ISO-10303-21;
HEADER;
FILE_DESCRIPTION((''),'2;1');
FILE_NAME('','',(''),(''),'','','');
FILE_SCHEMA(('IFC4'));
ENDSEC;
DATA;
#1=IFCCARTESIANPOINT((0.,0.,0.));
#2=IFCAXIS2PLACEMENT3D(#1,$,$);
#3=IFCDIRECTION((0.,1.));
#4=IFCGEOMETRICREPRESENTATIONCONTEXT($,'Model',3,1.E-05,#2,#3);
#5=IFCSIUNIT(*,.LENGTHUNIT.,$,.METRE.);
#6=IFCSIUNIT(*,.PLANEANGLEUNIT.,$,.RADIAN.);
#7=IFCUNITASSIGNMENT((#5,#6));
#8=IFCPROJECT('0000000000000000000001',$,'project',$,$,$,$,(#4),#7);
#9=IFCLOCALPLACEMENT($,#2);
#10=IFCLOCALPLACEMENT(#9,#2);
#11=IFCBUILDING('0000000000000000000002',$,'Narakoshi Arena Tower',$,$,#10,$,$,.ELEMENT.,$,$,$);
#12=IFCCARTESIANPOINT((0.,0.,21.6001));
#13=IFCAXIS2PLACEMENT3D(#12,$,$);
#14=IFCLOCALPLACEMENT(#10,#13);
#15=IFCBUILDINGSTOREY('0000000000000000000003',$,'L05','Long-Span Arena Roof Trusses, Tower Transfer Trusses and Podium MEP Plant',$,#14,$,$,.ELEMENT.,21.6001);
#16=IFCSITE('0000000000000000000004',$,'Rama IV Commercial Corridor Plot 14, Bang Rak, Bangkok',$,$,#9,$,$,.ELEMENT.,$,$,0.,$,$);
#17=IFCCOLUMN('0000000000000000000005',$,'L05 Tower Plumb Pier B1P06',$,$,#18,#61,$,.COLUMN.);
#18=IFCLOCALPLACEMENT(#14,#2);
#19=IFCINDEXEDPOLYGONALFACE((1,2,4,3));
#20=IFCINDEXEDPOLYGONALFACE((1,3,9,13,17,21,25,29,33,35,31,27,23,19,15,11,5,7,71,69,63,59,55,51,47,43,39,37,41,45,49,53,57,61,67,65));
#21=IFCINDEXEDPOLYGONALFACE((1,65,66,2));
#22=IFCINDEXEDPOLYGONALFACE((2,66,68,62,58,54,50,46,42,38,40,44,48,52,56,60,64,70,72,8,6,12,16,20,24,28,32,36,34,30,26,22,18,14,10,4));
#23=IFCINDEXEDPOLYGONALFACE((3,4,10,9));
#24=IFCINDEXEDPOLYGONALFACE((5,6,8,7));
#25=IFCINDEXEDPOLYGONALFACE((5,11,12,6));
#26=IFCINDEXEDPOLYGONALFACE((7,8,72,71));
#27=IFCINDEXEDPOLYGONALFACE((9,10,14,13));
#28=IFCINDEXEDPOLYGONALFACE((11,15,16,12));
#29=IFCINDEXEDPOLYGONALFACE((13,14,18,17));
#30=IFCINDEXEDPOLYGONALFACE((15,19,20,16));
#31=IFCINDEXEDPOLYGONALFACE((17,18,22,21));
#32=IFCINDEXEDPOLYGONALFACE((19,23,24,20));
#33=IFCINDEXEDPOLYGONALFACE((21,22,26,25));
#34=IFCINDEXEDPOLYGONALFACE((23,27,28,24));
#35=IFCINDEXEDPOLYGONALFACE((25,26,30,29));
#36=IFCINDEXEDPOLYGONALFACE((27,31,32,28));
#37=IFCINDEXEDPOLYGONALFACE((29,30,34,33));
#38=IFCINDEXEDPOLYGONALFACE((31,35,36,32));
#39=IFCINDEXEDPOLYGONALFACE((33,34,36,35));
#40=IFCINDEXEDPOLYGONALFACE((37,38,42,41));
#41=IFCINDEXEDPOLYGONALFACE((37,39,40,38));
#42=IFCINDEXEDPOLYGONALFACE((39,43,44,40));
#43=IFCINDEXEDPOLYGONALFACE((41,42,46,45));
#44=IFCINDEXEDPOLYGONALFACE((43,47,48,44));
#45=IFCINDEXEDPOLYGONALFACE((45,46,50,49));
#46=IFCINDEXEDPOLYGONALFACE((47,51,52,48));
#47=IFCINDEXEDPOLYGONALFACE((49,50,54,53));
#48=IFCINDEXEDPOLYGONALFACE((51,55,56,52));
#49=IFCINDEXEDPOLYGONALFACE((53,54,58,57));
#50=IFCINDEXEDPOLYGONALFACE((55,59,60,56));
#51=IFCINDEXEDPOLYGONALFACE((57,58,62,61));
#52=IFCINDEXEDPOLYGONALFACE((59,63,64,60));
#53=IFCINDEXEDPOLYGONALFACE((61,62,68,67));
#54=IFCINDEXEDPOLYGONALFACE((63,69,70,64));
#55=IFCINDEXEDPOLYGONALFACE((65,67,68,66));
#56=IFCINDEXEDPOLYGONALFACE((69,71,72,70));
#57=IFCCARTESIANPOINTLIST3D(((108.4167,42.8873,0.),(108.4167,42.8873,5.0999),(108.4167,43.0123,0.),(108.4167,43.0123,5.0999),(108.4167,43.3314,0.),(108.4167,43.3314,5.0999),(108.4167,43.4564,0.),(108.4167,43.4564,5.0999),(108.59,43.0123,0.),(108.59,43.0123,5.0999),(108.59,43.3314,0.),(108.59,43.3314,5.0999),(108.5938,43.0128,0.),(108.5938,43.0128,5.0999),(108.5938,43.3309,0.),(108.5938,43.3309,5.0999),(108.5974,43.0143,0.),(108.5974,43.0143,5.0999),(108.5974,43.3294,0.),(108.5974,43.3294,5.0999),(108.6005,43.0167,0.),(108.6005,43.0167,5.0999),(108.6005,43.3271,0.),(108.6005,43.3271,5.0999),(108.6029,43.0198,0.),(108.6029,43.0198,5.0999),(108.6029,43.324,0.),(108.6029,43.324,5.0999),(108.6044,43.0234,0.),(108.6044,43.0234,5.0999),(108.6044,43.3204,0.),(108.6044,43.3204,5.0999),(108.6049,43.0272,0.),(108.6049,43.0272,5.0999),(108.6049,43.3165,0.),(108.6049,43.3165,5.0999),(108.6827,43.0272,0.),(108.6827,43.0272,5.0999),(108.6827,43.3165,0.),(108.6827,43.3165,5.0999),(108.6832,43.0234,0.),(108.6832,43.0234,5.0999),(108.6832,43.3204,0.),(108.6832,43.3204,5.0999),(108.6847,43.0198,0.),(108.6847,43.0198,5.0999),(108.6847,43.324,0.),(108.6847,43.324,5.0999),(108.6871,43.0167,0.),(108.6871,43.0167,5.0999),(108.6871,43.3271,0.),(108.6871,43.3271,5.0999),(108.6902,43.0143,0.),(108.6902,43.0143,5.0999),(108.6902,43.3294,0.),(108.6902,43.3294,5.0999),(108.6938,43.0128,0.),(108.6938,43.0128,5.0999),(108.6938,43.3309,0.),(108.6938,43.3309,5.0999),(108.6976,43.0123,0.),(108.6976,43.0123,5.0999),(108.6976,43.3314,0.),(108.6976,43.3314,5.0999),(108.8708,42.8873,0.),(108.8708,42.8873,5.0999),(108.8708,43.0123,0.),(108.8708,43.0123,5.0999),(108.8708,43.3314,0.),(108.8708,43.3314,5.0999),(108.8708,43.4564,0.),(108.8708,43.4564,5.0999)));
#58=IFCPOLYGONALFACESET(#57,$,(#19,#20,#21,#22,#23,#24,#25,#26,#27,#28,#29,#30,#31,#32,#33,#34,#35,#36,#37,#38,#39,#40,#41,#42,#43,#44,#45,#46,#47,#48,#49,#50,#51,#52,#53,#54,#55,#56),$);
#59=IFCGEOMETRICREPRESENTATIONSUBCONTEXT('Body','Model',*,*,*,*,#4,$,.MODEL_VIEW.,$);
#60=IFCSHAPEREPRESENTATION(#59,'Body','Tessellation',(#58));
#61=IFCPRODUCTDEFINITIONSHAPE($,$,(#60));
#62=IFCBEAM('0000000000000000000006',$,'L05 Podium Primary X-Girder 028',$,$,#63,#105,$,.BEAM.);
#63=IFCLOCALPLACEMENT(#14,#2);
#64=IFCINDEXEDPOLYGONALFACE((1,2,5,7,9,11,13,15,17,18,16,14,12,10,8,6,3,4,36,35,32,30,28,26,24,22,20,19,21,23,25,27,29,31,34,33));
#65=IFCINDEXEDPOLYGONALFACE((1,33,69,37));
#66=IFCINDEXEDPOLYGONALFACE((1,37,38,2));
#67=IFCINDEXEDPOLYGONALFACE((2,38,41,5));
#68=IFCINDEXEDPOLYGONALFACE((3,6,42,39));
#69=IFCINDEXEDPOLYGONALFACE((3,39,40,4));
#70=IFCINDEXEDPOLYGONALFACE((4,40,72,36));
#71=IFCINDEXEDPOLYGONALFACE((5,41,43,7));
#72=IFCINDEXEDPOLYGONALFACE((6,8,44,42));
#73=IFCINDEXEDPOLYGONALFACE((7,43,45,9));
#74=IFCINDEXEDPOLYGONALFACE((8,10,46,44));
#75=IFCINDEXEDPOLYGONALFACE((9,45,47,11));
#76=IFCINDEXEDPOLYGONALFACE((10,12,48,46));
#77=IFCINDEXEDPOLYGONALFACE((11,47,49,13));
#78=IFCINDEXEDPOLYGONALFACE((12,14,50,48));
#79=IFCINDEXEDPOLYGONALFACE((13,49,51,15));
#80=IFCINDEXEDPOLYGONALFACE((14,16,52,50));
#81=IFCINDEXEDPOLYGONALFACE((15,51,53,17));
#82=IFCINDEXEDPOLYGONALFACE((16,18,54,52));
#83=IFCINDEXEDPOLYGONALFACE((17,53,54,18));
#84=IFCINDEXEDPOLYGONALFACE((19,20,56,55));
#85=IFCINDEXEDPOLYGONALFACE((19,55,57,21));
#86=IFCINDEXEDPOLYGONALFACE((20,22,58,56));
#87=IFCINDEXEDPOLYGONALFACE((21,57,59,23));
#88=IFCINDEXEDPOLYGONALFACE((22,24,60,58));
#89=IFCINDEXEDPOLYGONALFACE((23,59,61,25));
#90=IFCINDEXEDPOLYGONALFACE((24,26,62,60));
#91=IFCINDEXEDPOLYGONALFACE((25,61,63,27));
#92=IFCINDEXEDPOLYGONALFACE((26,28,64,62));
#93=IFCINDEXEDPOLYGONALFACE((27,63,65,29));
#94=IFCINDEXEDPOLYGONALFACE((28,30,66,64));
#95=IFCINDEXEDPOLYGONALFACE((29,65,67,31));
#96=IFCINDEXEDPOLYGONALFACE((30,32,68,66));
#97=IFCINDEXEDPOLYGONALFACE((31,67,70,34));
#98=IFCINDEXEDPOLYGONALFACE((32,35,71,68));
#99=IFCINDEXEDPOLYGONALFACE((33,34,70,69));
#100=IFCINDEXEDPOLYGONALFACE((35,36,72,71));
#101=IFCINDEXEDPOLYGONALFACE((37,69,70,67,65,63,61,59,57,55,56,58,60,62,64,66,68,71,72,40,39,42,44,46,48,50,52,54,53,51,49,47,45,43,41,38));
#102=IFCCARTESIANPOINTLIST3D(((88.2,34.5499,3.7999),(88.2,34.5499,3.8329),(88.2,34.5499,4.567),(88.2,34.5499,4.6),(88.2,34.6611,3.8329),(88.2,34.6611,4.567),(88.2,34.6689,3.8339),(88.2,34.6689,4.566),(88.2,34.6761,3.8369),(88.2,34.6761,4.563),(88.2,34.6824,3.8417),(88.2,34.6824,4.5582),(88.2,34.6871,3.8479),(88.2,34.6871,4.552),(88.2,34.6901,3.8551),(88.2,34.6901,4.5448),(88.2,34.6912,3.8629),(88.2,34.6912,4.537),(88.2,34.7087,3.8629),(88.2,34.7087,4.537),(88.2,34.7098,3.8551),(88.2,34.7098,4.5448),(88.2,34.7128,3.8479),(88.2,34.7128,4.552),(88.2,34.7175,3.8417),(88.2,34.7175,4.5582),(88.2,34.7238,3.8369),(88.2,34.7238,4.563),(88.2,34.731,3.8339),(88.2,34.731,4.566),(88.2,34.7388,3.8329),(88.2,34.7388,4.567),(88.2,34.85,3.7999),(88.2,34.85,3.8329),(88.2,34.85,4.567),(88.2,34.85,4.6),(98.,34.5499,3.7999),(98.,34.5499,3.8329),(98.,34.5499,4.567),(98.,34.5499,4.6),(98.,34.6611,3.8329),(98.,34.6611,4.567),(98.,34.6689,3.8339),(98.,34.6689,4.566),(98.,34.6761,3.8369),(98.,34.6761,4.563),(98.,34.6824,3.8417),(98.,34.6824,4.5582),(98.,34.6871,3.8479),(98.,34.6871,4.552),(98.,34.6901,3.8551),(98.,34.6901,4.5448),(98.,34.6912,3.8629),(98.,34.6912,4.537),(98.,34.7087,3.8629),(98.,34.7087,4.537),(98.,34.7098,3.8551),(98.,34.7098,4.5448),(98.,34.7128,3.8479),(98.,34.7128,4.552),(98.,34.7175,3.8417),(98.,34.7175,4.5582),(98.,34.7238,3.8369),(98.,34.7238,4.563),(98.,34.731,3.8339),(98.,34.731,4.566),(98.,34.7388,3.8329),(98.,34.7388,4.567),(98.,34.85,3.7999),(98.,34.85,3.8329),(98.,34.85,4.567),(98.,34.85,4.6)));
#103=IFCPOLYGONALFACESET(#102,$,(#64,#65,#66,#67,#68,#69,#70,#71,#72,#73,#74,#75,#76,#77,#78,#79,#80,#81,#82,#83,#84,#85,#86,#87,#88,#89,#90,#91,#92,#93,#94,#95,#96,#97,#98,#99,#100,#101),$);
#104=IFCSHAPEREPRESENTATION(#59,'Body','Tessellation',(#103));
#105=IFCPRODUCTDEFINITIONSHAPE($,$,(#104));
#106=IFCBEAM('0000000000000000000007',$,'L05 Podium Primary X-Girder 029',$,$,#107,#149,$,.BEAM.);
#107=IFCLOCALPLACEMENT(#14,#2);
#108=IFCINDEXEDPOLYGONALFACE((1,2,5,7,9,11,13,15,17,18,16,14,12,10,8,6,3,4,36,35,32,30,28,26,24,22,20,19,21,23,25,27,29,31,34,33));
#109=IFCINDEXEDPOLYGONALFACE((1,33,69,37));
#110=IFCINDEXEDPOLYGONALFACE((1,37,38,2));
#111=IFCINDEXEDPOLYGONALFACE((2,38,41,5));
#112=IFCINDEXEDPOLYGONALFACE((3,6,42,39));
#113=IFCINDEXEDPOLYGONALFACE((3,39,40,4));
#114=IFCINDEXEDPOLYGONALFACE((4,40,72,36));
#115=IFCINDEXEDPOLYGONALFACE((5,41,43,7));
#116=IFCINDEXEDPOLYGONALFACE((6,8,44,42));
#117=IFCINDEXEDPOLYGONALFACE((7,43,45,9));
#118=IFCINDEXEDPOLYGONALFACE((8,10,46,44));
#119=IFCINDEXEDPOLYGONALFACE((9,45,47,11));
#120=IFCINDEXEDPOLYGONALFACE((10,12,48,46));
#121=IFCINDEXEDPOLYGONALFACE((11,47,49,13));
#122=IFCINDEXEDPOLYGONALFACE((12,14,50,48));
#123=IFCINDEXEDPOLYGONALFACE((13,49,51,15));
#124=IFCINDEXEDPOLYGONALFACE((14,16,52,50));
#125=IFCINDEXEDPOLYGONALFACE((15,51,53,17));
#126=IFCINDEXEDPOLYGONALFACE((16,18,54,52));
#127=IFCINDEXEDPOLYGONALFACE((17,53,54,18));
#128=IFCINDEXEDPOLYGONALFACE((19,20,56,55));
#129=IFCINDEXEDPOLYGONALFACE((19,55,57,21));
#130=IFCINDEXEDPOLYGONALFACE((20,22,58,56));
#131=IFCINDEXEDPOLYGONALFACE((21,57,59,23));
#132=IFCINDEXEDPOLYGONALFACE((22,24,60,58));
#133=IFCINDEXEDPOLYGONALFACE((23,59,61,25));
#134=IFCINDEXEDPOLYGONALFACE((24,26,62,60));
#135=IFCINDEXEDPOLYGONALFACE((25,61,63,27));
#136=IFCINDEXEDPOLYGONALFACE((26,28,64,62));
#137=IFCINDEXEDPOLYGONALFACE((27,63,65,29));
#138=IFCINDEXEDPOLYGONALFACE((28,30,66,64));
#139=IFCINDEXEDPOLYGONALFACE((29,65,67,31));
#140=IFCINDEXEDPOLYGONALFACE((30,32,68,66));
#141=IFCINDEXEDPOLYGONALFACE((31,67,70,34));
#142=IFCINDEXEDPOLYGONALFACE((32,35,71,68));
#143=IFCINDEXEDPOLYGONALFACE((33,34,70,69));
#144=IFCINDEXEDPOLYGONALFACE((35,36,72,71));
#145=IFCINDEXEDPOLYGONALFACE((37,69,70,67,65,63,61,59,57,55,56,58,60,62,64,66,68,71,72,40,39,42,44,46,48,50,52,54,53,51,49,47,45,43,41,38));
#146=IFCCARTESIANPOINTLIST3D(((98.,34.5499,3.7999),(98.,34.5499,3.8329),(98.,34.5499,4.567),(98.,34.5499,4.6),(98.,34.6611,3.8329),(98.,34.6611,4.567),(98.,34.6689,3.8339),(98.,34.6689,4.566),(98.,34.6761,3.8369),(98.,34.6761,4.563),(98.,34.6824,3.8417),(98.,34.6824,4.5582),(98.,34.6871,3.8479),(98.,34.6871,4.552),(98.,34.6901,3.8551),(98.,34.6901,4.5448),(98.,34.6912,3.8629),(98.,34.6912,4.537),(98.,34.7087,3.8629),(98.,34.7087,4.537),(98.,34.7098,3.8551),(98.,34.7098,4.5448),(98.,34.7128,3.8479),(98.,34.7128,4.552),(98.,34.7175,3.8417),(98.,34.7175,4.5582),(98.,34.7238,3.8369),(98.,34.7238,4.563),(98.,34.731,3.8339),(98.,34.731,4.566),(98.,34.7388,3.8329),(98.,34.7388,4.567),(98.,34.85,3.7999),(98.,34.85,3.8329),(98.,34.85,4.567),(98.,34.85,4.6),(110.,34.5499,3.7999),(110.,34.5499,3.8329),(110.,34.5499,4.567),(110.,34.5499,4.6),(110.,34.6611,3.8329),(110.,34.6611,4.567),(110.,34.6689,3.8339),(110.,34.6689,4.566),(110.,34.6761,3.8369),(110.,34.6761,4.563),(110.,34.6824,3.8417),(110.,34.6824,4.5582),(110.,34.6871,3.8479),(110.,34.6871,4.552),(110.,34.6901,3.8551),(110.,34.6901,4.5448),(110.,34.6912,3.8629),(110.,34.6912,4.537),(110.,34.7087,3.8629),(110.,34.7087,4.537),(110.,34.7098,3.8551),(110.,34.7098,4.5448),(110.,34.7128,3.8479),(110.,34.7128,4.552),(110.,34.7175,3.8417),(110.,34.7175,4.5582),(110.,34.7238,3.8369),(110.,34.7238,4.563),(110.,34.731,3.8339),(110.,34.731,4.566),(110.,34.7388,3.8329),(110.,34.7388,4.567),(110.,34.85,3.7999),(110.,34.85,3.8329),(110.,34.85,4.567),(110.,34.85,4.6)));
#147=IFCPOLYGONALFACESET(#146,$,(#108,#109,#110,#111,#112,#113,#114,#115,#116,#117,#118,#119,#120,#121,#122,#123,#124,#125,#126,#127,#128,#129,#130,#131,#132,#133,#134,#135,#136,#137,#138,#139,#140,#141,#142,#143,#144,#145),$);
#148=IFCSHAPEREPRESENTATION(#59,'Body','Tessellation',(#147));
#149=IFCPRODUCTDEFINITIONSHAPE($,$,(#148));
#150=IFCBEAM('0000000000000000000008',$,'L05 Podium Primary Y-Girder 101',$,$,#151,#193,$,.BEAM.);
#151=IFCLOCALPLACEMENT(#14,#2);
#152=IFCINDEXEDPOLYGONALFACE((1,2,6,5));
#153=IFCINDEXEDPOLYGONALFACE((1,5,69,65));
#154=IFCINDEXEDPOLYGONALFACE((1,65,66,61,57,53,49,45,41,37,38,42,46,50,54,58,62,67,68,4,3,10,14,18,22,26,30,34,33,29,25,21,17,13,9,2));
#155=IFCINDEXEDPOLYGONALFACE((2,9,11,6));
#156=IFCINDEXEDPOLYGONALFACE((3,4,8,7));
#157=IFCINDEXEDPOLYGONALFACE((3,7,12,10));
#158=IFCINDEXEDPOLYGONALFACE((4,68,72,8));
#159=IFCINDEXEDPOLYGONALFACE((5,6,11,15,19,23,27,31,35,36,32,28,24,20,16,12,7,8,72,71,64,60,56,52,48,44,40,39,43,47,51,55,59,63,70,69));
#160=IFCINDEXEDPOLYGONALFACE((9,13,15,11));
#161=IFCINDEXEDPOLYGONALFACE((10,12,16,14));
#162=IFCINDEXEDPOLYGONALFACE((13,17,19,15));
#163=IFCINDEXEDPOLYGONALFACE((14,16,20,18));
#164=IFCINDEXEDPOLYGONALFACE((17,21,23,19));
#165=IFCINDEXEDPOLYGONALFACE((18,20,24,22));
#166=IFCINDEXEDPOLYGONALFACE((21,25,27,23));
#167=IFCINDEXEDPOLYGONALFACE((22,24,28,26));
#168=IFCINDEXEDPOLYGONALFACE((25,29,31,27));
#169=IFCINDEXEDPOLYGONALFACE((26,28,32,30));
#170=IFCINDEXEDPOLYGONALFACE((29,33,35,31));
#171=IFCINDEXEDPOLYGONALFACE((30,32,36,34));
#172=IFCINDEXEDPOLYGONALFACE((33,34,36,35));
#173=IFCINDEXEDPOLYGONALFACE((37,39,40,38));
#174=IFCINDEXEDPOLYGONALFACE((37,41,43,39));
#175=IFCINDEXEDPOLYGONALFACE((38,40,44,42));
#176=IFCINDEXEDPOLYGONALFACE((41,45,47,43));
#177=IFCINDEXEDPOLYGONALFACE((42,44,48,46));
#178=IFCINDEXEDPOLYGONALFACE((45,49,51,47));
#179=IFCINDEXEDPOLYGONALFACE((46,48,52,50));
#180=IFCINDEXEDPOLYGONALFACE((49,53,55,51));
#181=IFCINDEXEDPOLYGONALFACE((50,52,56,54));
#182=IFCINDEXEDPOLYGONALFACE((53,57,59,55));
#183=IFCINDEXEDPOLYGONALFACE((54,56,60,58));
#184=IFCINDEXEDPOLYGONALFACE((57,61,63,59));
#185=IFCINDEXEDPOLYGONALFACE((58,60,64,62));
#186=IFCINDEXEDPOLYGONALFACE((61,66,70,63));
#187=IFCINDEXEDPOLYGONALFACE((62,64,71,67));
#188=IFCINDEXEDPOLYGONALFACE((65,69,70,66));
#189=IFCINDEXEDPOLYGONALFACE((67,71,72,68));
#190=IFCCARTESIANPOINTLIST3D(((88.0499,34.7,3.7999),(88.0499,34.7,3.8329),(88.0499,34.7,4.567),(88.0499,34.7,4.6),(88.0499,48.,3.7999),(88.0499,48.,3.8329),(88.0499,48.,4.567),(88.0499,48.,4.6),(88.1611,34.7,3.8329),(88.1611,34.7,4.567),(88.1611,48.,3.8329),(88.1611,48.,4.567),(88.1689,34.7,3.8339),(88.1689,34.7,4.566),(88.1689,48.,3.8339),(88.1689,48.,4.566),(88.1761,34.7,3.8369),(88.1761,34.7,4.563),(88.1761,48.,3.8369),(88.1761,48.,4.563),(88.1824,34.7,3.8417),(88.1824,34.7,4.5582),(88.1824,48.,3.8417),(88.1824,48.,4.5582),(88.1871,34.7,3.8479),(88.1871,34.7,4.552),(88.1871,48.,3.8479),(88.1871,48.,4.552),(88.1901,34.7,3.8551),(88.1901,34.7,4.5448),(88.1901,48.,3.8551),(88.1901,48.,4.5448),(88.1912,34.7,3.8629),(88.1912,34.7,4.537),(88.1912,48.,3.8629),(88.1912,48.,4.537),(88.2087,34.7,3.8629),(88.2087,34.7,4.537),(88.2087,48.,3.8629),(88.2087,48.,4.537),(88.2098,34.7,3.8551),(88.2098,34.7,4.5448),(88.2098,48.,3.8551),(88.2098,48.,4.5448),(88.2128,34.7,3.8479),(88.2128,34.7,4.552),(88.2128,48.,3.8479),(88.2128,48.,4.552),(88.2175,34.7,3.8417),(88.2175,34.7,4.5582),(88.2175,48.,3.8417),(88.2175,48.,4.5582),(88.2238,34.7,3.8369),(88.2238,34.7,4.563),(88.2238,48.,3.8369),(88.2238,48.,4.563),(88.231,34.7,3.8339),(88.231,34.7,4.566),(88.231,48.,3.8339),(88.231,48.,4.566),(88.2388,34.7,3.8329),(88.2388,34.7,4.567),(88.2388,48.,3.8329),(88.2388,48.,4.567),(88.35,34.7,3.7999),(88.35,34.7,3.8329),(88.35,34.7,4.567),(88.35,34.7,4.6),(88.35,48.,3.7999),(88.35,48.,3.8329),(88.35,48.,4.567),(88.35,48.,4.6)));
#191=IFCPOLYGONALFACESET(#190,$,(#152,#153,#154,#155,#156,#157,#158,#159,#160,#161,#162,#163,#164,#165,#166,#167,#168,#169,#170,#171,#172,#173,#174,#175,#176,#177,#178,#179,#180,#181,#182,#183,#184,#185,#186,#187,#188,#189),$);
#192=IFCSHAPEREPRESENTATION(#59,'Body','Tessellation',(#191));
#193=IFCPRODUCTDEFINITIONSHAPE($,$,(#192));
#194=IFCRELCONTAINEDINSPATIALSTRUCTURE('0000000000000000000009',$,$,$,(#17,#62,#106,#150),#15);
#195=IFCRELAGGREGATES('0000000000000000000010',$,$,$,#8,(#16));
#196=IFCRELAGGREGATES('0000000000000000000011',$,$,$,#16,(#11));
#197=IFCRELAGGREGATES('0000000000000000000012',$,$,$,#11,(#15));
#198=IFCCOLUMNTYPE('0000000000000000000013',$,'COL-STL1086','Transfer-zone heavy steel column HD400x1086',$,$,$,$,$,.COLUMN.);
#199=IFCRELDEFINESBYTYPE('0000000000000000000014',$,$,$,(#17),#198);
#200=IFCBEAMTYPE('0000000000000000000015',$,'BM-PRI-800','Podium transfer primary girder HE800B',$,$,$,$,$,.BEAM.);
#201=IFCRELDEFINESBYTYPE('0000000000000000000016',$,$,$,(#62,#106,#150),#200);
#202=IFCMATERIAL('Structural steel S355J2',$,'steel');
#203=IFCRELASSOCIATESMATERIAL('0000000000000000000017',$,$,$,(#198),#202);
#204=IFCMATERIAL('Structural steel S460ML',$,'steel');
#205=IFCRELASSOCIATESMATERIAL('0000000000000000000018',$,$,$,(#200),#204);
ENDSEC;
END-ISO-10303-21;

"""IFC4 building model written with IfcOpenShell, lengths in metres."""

from ifc_helpers import new_model, si_unit, direction, frame, origin, origin_2d, place, context, subcontext, project, spatial, i_section, extrude, material, material_profile, profile_set, type_object, element, save


model = new_model("IFC4")

# Units and contexts
model_context = context("Model", 3, precision=1e-05, world=origin(), true_north=direction((0.0, 1.0)))
body_context = subcontext(model_context, "Body", "Model", "MODEL_VIEW")
ifc_project = project(units=[si_unit("LENGTHUNIT", "METRE"), si_unit("PLANEANGLEUNIT", "RADIAN")], contexts=[model_context])

# Site, building, storey
site_placement = place(None, origin())
site = spatial("IfcSite", under=ifc_project, at=site_placement, Name="Rama IV Commercial Corridor Plot 14, Bang Rak, Bangkok", CompositionType="ELEMENT", RefElevation=0.0)
building_placement = place(site_placement, origin())
building = spatial("IfcBuilding", under=site, at=building_placement, Name="Narakoshi Arena Tower", CompositionType="ELEMENT")
storey_placement = place(building_placement, frame((0.0, 0.0, 21.6001)))
storey = spatial("IfcBuildingStorey", under=building, at=storey_placement, Name="L05", Description="Long-Span Arena Roof Trusses, Tower Transfer Trusses and Podium MEP Plant", CompositionType="ELEMENT", Elevation=21.6001)

# Column
ifc_material_1 = material(Name="Structural steel S355J2", Category="steel")
ifc_material_profile_1 = material_profile(ifc_material_1, i_section(OverallWidth=0.4541, OverallDepth=0.5691, WebThickness=0.0779, FlangeThickness=0.125, FilletRadius=0.0149, at=origin_2d()), Name="HD400x1086")
ifc_profile_set_1 = profile_set([ifc_material_profile_1], Name="Structural steel S355J2")
column_type = type_object("IfcColumnType", Name="COL-STL1086", Description="Transfer-zone heavy steel column HD400x1086", PredefinedType="COLUMN", material=ifc_profile_set_1)
for number, where, z_axis, x_axis, name in (
    (1, (108.6438, 43.1719, 0.0), (0.0, 0.0, 1.0), (1.0, 0.0, 0.0), "L05 Tower Plumb Pier B1P06"),
):
    element("IfcColumn", number, at=place(storey_placement, frame(where, z_axis=z_axis, x_axis=x_axis)), inside=storey, type_object=column_type, Name=name, PredefinedType="COLUMN", context=body_context, shape_type="SweptSolid", body=[
        extrude(i_section(OverallWidth=0.4541, OverallDepth=0.5691, WebThickness=0.0779, FlangeThickness=0.125, FilletRadius=0.0149, at=origin_2d()), origin(), (0.0, 0.0, 1.0), 5.0999),
    ])

# Beams
ifc_material_2 = material(Name="Structural steel S460ML", Category="steel")
ifc_material_profile_2 = material_profile(ifc_material_2, i_section(OverallWidth=0.3, OverallDepth=0.8, WebThickness=0.0176, FlangeThickness=0.033, FilletRadius=0.03, at=origin_2d()), Name="HE800B")
ifc_profile_set_2 = profile_set([ifc_material_profile_2], Name="Structural steel S460ML")
beam_type_1 = type_object("IfcBeamType", Name="BM-PRI-800", Description="Podium transfer primary girder HE800B", PredefinedType="BEAM", material=ifc_profile_set_2)
beam_1_placement = place(storey_placement, frame((88.2, 34.7, 4.2), z_axis=(1.0, 0.0, 0.0), x_axis=(0.0, 1.0, 0.0)))
element("IfcBeam", 2, at=beam_1_placement, inside=storey, type_object=beam_type_1, Name="L05 Podium Primary X-Girder 028", PredefinedType="BEAM", context=body_context, shape_type="SweptSolid", body=[
    extrude(i_section(OverallWidth=0.3, OverallDepth=0.8, WebThickness=0.0176, FlangeThickness=0.033, FilletRadius=0.03, at=origin_2d()), origin(), (0.0, 0.0, 1.0), 9.8),
])
beam_2_placement = place(storey_placement, frame((98.0, 34.7, 4.2), z_axis=(1.0, 0.0, 0.0), x_axis=(0.0, 1.0, 0.0)))
element("IfcBeam", 3, at=beam_2_placement, inside=storey, type_object=beam_type_1, Name="L05 Podium Primary X-Girder 029", PredefinedType="BEAM", context=body_context, shape_type="SweptSolid", body=[
    extrude(i_section(OverallWidth=0.3, OverallDepth=0.8, WebThickness=0.0176, FlangeThickness=0.033, FilletRadius=0.03, at=origin_2d()), origin(), (0.0, 0.0, 1.0), 12.0),
])
for number, where, z_axis, x_axis, name in (
    (4, (88.2, 34.7, 4.2), (0.0, 1.0, 0.0), (-1.0, 0.0, 0.0), "L05 Podium Primary Y-Girder 101"),
):
    element("IfcBeam", number, at=place(storey_placement, frame(where, z_axis=z_axis, x_axis=x_axis)), inside=storey, type_object=beam_type_1, Name=name, PredefinedType="BEAM", context=body_context, shape_type="SweptSolid", body=[
        extrude(i_section(OverallWidth=0.3, OverallDepth=0.8, WebThickness=0.0176, FlangeThickness=0.033, FilletRadius=0.03, at=origin_2d()), origin(), (0.0, 0.0, 1.0), 13.3),
    ])

save(model, "model.ifc")
